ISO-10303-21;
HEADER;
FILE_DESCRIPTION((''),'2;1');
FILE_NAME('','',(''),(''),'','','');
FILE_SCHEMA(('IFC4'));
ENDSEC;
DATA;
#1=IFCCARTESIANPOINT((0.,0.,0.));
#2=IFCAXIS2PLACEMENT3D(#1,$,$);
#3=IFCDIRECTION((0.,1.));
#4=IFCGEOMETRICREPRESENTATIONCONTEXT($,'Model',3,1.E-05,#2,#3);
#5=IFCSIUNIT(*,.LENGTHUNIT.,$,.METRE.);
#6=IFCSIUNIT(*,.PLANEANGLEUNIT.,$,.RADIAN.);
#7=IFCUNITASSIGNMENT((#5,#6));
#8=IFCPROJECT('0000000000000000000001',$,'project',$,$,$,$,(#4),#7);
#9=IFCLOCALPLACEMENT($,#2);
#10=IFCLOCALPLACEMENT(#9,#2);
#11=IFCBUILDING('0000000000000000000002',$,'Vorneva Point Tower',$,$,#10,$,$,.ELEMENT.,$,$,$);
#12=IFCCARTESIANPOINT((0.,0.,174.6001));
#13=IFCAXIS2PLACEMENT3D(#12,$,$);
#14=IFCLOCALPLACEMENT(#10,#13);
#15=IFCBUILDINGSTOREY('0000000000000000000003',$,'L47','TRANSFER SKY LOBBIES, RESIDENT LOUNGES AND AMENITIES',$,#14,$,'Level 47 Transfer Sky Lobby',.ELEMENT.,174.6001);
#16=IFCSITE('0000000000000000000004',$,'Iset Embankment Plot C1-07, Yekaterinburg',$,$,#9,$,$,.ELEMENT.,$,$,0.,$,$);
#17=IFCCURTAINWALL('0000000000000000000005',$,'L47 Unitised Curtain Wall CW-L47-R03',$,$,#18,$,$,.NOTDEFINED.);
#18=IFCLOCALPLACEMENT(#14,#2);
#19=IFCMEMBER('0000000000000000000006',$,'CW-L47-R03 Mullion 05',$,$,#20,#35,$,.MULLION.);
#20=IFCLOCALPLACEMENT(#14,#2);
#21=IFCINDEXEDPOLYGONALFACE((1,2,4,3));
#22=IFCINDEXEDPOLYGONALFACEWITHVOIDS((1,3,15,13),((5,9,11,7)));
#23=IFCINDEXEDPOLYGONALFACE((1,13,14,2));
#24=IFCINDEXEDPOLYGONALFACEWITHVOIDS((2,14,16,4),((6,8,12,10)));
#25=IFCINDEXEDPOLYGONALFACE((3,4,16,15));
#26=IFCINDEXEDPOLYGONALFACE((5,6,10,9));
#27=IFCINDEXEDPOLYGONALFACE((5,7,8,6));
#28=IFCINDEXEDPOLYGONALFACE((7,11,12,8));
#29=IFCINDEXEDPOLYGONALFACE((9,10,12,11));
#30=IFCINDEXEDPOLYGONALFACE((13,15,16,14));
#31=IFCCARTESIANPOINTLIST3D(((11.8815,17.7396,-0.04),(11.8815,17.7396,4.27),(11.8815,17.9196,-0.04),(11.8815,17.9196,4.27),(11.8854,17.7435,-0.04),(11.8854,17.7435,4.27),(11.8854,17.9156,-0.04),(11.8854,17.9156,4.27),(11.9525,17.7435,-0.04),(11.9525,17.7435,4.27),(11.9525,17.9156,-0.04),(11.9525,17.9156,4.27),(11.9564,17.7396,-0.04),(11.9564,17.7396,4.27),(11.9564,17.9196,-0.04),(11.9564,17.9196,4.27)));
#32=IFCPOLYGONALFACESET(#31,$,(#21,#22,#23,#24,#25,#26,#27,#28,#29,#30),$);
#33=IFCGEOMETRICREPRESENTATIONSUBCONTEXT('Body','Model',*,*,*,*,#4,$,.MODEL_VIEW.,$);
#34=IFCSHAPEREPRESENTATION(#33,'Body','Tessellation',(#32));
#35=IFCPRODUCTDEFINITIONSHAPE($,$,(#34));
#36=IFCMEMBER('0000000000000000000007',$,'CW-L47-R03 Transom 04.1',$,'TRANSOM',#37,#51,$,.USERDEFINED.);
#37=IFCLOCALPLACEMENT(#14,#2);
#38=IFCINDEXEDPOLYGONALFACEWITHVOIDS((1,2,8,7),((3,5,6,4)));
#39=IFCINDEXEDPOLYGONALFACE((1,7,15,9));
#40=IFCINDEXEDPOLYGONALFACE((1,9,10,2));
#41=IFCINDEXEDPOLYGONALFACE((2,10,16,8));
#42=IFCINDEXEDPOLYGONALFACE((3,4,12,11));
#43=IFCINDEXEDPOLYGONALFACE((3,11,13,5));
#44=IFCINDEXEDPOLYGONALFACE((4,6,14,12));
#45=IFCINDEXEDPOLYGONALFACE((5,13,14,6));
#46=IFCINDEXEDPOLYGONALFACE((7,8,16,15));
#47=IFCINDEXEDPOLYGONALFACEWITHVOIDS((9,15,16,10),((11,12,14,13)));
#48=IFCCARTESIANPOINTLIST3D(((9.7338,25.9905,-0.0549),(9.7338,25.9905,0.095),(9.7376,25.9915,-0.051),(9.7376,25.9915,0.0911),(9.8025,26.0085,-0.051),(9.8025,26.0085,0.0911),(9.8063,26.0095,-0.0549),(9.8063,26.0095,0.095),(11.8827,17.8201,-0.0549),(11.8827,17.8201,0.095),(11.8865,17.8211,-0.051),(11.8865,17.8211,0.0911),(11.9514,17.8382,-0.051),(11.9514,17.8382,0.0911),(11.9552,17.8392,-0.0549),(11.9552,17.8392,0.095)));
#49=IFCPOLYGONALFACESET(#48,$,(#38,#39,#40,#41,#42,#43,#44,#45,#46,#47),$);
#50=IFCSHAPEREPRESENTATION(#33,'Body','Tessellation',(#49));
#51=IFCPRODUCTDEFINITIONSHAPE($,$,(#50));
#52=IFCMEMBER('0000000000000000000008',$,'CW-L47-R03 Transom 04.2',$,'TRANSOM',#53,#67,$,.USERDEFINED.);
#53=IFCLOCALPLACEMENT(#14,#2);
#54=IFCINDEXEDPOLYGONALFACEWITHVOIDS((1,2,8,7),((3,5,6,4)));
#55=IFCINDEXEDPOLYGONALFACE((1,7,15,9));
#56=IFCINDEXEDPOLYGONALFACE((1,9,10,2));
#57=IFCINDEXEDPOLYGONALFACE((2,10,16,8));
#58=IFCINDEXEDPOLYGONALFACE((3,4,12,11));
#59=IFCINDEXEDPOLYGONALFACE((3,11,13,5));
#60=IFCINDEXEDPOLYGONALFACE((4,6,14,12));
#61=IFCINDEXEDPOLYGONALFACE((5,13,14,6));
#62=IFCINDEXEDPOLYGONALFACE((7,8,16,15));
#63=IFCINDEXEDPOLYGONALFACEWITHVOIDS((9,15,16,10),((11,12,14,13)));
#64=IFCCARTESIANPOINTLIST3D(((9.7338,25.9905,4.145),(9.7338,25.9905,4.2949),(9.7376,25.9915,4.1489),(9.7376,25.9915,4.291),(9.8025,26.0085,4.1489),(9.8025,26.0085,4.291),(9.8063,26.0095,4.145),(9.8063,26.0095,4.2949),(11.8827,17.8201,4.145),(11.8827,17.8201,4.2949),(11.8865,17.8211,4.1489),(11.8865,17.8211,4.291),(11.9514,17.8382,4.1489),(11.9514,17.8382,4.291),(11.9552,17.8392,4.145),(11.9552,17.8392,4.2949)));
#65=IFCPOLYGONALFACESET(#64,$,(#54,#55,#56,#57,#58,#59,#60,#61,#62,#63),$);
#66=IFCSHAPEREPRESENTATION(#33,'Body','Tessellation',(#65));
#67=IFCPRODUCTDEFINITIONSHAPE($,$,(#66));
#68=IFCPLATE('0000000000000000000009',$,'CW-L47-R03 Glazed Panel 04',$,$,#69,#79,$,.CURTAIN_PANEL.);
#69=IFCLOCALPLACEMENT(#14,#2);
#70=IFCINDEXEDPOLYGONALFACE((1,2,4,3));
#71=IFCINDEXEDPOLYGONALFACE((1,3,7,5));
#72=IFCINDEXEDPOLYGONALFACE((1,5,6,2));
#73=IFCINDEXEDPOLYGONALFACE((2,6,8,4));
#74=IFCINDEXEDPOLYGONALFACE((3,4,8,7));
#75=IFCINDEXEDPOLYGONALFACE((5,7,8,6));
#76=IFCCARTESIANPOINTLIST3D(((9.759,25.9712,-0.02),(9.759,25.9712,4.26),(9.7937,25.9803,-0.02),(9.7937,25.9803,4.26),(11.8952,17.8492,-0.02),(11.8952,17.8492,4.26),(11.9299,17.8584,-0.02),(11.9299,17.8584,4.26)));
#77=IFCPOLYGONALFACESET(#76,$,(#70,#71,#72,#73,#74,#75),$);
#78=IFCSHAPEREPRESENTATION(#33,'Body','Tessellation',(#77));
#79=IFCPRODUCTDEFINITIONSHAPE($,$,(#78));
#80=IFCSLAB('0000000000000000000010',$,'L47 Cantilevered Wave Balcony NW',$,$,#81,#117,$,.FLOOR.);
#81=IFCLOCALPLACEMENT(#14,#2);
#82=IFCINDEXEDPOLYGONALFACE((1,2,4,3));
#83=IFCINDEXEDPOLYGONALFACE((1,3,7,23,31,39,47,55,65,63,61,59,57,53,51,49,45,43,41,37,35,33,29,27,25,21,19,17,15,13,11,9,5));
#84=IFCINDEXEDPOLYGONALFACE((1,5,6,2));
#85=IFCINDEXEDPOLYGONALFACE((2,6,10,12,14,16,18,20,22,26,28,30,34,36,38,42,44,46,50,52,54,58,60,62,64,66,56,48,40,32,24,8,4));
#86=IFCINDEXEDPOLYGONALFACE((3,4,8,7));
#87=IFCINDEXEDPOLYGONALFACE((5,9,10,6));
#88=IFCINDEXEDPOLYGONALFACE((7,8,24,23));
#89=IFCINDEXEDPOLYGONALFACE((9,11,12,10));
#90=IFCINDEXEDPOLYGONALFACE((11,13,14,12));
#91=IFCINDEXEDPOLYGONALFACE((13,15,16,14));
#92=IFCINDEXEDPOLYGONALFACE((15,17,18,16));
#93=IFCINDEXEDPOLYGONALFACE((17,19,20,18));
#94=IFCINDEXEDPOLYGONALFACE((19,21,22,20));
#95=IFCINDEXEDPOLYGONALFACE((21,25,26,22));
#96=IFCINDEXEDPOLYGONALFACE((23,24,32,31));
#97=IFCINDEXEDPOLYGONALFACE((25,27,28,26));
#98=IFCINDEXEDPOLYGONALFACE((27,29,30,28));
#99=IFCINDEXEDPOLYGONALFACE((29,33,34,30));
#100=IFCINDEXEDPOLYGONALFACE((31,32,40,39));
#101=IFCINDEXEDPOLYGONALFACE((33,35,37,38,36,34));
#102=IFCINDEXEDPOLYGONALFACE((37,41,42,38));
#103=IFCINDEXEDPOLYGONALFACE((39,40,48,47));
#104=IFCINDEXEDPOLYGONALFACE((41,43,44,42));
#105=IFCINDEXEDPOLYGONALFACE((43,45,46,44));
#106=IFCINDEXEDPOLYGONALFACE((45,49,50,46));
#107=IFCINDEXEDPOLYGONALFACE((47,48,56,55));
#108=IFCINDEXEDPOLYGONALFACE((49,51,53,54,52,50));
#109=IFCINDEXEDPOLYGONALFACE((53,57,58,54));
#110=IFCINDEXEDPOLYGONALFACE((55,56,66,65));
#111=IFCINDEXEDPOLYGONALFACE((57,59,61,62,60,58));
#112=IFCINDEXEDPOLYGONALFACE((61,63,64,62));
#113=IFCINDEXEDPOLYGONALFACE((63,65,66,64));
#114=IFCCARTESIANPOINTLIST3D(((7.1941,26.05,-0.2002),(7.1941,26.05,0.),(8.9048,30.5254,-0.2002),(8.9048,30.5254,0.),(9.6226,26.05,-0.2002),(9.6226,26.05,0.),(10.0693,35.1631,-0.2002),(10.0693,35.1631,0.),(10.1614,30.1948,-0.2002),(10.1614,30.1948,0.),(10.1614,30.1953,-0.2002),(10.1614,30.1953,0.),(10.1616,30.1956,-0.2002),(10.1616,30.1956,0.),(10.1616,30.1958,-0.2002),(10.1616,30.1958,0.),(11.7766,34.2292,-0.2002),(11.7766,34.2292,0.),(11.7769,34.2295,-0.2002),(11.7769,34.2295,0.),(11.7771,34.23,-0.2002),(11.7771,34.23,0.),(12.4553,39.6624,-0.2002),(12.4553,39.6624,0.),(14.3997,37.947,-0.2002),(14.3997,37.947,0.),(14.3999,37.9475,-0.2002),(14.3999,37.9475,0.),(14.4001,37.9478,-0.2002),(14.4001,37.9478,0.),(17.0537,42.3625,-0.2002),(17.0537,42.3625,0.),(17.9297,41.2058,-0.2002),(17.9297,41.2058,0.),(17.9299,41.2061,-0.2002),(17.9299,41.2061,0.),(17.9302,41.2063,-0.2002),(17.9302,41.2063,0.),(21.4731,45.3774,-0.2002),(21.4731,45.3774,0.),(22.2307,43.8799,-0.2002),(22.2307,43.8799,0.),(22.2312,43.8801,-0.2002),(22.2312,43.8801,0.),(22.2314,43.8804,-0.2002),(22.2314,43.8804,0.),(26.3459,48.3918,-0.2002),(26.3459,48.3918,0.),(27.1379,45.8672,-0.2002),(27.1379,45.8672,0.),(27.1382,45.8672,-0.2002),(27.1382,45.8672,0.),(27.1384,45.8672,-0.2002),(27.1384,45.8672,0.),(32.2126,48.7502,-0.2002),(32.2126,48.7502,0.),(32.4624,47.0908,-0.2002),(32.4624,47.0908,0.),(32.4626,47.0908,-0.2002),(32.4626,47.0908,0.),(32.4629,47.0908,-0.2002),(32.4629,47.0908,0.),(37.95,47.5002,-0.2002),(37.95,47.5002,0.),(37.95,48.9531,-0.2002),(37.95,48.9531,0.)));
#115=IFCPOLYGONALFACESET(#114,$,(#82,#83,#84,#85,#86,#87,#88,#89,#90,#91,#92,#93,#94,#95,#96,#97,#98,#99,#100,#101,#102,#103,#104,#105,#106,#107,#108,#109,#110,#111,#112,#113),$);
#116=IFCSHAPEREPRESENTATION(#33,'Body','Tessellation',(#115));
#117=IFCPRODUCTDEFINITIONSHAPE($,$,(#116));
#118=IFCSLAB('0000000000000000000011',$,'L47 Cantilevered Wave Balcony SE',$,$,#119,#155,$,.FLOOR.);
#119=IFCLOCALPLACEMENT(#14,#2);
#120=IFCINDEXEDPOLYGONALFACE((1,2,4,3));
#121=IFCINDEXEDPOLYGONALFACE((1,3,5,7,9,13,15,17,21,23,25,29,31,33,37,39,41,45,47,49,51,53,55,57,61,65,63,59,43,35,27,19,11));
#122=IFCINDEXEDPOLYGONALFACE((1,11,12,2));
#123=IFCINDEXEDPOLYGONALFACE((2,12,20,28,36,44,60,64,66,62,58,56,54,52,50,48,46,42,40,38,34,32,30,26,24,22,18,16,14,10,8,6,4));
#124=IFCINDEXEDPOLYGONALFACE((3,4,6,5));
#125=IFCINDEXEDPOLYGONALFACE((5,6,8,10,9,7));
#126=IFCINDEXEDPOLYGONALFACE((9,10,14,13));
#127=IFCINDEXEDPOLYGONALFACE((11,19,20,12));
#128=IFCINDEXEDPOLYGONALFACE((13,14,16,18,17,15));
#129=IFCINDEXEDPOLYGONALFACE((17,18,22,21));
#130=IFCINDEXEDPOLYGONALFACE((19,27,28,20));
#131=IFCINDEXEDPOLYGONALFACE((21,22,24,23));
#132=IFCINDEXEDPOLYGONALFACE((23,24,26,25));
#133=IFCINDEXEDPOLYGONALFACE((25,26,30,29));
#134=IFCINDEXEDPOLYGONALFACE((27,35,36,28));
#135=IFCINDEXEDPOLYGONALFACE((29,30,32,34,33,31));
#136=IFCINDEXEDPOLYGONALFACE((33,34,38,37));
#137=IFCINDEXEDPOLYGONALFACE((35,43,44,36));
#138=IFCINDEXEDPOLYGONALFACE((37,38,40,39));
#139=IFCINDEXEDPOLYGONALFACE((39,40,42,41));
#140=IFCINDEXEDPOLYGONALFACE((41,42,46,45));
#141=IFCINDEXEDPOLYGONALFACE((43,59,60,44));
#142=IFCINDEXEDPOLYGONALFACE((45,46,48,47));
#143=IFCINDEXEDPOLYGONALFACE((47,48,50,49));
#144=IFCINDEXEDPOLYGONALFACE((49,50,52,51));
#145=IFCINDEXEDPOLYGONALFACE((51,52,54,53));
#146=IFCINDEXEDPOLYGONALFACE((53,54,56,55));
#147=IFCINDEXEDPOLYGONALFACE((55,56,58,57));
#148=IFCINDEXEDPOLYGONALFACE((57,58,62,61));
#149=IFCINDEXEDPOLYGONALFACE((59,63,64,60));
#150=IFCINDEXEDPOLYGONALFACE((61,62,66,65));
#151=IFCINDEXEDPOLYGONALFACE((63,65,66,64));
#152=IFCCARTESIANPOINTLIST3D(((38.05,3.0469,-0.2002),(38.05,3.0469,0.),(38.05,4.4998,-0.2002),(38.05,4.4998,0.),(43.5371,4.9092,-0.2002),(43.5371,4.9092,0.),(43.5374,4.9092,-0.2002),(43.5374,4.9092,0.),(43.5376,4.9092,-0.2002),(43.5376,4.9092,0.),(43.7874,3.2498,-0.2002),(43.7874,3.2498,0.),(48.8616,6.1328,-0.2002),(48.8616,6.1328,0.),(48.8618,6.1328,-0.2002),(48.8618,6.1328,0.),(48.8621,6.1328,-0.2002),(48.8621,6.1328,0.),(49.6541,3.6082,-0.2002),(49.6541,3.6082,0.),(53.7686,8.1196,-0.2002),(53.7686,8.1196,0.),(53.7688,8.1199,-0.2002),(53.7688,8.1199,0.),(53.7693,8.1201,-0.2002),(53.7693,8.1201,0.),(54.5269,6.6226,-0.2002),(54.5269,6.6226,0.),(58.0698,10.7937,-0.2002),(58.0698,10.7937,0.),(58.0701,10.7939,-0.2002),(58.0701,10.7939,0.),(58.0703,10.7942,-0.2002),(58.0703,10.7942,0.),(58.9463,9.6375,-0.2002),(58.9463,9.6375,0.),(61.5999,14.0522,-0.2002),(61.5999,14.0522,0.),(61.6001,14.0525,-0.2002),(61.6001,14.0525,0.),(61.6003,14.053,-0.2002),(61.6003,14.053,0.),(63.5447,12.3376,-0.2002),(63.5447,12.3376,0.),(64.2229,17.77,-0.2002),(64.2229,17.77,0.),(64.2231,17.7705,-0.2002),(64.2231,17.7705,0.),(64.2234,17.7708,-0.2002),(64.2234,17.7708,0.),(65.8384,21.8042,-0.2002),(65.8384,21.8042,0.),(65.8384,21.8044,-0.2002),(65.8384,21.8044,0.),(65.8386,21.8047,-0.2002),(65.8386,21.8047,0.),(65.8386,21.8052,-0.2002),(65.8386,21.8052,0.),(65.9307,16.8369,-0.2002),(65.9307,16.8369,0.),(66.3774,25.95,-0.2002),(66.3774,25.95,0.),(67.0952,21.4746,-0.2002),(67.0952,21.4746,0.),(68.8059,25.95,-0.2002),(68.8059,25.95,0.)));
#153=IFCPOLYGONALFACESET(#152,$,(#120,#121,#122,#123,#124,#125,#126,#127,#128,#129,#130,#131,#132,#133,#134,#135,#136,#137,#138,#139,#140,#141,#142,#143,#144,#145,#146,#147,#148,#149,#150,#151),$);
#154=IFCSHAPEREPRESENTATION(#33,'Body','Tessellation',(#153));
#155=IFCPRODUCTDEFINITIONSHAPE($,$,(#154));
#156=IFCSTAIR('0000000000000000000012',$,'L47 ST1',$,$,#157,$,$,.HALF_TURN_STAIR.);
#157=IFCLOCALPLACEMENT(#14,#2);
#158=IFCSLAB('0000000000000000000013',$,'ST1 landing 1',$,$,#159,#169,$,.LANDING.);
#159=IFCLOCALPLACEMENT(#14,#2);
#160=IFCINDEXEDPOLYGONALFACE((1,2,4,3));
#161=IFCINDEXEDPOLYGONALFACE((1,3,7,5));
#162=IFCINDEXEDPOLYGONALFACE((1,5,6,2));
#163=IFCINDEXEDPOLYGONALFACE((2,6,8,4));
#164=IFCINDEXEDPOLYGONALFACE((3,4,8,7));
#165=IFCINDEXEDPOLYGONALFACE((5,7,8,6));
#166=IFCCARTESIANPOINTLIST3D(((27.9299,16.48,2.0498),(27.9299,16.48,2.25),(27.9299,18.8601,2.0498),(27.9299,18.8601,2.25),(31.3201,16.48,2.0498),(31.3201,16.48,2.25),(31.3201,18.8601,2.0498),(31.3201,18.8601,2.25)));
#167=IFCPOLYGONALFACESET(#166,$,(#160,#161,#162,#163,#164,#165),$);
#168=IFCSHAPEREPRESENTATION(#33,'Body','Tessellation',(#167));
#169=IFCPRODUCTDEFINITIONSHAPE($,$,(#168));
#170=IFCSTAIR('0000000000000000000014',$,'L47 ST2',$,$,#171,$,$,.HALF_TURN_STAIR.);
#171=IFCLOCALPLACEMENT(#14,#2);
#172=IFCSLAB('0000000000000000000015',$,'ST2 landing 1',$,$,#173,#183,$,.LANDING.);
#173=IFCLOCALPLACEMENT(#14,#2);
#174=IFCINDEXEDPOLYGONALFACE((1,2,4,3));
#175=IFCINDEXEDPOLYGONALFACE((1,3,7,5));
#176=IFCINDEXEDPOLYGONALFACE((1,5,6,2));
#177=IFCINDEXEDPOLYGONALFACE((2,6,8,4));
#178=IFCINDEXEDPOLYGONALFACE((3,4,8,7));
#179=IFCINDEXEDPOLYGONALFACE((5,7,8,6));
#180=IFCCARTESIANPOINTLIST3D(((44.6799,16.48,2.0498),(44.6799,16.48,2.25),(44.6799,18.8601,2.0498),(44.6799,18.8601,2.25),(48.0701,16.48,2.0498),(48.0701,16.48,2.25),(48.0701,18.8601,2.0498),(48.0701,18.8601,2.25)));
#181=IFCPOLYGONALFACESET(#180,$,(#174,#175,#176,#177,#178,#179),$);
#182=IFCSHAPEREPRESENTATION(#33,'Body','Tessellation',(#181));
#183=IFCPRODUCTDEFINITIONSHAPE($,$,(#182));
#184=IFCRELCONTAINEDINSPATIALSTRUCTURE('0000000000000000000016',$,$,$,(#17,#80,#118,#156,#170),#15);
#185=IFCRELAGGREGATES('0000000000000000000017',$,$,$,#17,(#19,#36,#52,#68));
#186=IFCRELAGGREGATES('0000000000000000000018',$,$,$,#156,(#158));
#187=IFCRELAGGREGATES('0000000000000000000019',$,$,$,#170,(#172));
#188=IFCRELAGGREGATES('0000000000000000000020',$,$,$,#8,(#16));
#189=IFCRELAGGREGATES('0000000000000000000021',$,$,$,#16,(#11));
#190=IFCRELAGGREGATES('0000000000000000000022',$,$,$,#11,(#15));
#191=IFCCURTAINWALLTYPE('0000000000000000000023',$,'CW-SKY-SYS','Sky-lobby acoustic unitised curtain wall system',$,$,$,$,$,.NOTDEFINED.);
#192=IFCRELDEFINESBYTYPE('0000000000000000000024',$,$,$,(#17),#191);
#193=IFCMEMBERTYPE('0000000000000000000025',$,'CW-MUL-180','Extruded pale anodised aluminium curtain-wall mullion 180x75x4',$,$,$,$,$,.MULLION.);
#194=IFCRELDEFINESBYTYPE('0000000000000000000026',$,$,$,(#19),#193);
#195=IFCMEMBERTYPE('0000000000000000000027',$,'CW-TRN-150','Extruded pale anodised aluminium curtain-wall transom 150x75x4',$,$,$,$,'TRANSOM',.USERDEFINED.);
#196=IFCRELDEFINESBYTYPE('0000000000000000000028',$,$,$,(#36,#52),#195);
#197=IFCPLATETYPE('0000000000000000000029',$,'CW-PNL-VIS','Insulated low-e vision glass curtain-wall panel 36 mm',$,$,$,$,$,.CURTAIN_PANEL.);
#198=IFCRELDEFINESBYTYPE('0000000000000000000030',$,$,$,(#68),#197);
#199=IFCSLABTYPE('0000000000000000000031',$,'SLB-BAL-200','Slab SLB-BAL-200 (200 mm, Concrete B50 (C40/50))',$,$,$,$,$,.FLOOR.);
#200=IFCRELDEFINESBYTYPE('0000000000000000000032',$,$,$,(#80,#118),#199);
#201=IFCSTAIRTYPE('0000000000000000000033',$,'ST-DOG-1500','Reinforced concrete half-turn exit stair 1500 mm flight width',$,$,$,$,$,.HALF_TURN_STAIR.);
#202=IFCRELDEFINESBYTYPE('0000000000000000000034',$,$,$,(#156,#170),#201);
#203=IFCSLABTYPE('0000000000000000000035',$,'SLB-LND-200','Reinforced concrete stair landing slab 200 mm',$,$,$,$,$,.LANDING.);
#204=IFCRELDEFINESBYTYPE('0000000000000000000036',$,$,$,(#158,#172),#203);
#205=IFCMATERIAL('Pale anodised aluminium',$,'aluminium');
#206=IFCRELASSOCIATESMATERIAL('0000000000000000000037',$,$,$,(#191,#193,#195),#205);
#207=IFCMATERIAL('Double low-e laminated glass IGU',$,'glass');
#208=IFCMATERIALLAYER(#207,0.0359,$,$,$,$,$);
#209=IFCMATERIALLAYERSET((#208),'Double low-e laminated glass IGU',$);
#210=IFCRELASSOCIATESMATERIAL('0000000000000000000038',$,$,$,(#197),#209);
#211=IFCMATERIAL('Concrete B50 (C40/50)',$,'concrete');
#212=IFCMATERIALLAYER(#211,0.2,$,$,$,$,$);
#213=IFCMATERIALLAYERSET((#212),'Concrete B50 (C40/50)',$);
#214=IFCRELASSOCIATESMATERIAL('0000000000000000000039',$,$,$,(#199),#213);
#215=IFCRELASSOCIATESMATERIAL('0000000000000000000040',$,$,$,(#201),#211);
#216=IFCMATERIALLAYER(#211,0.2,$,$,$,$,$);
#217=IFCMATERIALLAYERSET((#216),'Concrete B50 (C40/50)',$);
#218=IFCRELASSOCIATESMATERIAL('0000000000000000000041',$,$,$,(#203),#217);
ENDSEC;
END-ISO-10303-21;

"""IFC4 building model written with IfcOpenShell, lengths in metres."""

from ifc_helpers import new_model, si_unit, direction, frame, origin, origin_2d, place, context, subcontext, project, spatial, polyline, rectangle, hollow_rectangle, outline, extrude, material, layer, layer_set, material_profile, profile_set, type_object, element, aggregate, save


model = new_model("IFC4")

# Units and contexts
model_context = context("Model", 3, precision=1e-05, world=origin(), true_north=direction((0.0, 1.0)))
body_context = subcontext(model_context, "Body", "Model", "MODEL_VIEW")
ifc_project = project(units=[si_unit("LENGTHUNIT", "METRE"), si_unit("PLANEANGLEUNIT", "RADIAN")], contexts=[model_context])

# Site, building, storey
site_placement = place(None, origin())
site = spatial("IfcSite", under=ifc_project, at=site_placement, Name="Iset Embankment Plot C1-07, Yekaterinburg", CompositionType="ELEMENT", RefElevation=0.0)
building_placement = place(site_placement, origin())
building = spatial("IfcBuilding", under=site, at=building_placement, Name="Vorneva Point Tower", CompositionType="ELEMENT")
storey_placement = place(building_placement, frame((0.0, 0.0, 174.6001)))
storey = spatial("IfcBuildingStorey", under=building, at=storey_placement, Name="L47", Description="TRANSFER SKY LOBBIES, RESIDENT LOUNGES AND AMENITIES", LongName="Level 47 Transfer Sky Lobby", CompositionType="ELEMENT", Elevation=174.6001)

# Curtain wall, members, plate
ifc_material_1 = material(Name="Pale anodised aluminium", Category="aluminium")
curtain_wall_type = type_object("IfcCurtainWallType", Name="CW-SKY-SYS", Description="Sky-lobby acoustic unitised curtain wall system", PredefinedType="NOTDEFINED", material=ifc_material_1)
curtain_wall_placement = place(storey_placement, origin())
curtain_wall = element("IfcCurtainWall", 1, at=curtain_wall_placement, inside=storey, type_object=curtain_wall_type, Name="L47 Unitised Curtain Wall CW-L47-R03", PredefinedType="NOTDEFINED")
ifc_material_profile_1 = material_profile(ifc_material_1, hollow_rectangle(XDim=0.075, YDim=0.1799, WallThickness=0.0039, at=origin_2d()), Name="AL-MUL 180x75x4")
ifc_profile_set_1 = profile_set([ifc_material_profile_1], Name="Pale anodised aluminium")
member_type_1 = type_object("IfcMemberType", Name="CW-MUL-180", Description="Extruded pale anodised aluminium curtain-wall mullion 180x75x4", PredefinedType="MULLION", material=ifc_profile_set_1)
member_1_placement = place(storey_placement, frame((11.9189, 17.8296, -0.04), z_axis=(0.0, 0.0, 1.0), x_axis=(1.0, 0.0, 0.0)))
member_1 = element("IfcMember", 2, at=member_1_placement, type_object=member_type_1, Name="CW-L47-R03 Mullion 05", PredefinedType="MULLION", context=body_context, shape_type="SweptSolid", body=[
    extrude(hollow_rectangle(XDim=0.075, YDim=0.1799, WallThickness=0.0039, at=origin_2d()), origin(), (0.0, 0.0, 1.0), 4.3101),
])
ifc_material_profile_2 = material_profile(ifc_material_1, hollow_rectangle(XDim=0.075, YDim=0.1499, WallThickness=0.0039, at=origin_2d()), Name="AL-TRN 150x75x4")
ifc_profile_set_2 = profile_set([ifc_material_profile_2], Name="Pale anodised aluminium")
member_type_2 = type_object("IfcMemberType", Name="CW-TRN-150", Description="Extruded pale anodised aluminium curtain-wall transom 150x75x4", ElementType="TRANSOM", PredefinedType="USERDEFINED", material=ifc_profile_set_2)
member_2_placement = place(storey_placement, frame((9.77, 26.0, 0.02), z_axis=(0.254362, -0.967109, 0.0), x_axis=(0.967109, 0.254362, 0.0)))
member_2 = element("IfcMember", 3, at=member_2_placement, type_object=member_type_2, Name="CW-L47-R03 Transom 04.1", ObjectType="TRANSOM", PredefinedType="USERDEFINED", context=body_context, shape_type="SweptSolid", body=[
    extrude(hollow_rectangle(XDim=0.075, YDim=0.1499, WallThickness=0.0039, at=origin_2d()), origin(), (0.0, 0.0, 1.0), 8.4482),
])
member_3_placement = place(storey_placement, frame((9.77, 26.0, 4.22), z_axis=(0.254362, -0.967109, 0.0), x_axis=(0.967109, 0.254362, 0.0)))
member_3 = element("IfcMember", 4, at=member_3_placement, type_object=member_type_2, Name="CW-L47-R03 Transom 04.2", ObjectType="TRANSOM", PredefinedType="USERDEFINED", context=body_context, shape_type="SweptSolid", body=[
    extrude(hollow_rectangle(XDim=0.075, YDim=0.1499, WallThickness=0.0039, at=origin_2d()), origin(), (0.0, 0.0, 1.0), 8.4482),
])
ifc_material_2 = material(Name="Double low-e laminated glass IGU", Category="glass")
ifc_layer_1 = layer(ifc_material_2, 0.0359)
ifc_layer_set_1 = layer_set([ifc_layer_1], Name="Double low-e laminated glass IGU")
plate_type = type_object("IfcPlateType", Name="CW-PNL-VIS", Description="Insulated low-e vision glass curtain-wall panel 36 mm", PredefinedType="CURTAIN_PANEL", material=ifc_layer_set_1)
plate_placement = place(storey_placement, frame((10.8445, 21.9148, -0.02), z_axis=(0.0, 0.0, 1.0), x_axis=(0.254366, -0.967108, 0.0)))
plate = element("IfcPlate", 5, at=plate_placement, type_object=plate_type, Name="CW-L47-R03 Glazed Panel 04", PredefinedType="CURTAIN_PANEL", context=body_context, shape_type="SweptSolid", body=[
    extrude(rectangle(XDim=8.3982, YDim=0.0359, at=origin_2d()), origin(), (0.0, 0.0, 1.0), 4.28),
])
aggregate(curtain_wall, [member_1, member_2, member_3, plate])

# Slabs
ifc_material_3 = material(Name="Concrete B50 (C40/50)", Category="concrete")
ifc_layer_2 = layer(ifc_material_3, 0.2)
ifc_layer_set_2 = layer_set([ifc_layer_2], Name="Concrete B50 (C40/50)")
slab_type_1 = type_object("IfcSlabType", Name="SLB-BAL-200", Description="Slab SLB-BAL-200 (200 mm, Concrete B50 (C40/50))", PredefinedType="FLOOR", material=ifc_layer_set_2)
slab_1_placement = place(storey_placement, frame((0.0, 0.0, -0.2002)))
element("IfcSlab", 6, at=slab_1_placement, inside=storey, type_object=slab_type_1, Name="L47 Cantilevered Wave Balcony NW", PredefinedType="FLOOR", context=body_context, shape_type="SweptSolid", body=[
    extrude(outline(polyline([(7.1941, 26.05), (9.6226, 26.05), (10.1614, 30.1948), (10.1614, 30.1953), (10.1616, 30.1956), (10.1616, 30.1958), (11.7766, 34.2292), (11.7769, 34.2295), (11.7771, 34.23), (14.3997, 37.947), (14.3999, 37.9475), (14.4001, 37.9478), (17.9297, 41.2058), (17.9299, 41.2061), (17.9302, 41.2063), (22.2307, 43.8799), (22.2312, 43.8801), (22.2314, 43.8804), (27.1379, 45.8672), (27.1382, 45.8672), (27.1384, 45.8672), (32.4624, 47.0908), (32.4626, 47.0908), (32.4629, 47.0908), (37.95, 47.5002), (37.95, 48.9531), (32.2126, 48.7502), (26.3459, 48.3918), (21.4731, 45.3774), (17.0537, 42.3625), (12.4553, 39.6624), (10.0693, 35.1631), (8.9048, 30.5254), (7.1941, 26.05)])), origin(), (0.0, 0.0, 1.0), 0.2002),
])
slab_2_placement = place(storey_placement, frame((0.0, 0.0, -0.2002)))
element("IfcSlab", 7, at=slab_2_placement, inside=storey, type_object=slab_type_1, Name="L47 Cantilevered Wave Balcony SE", PredefinedType="FLOOR", context=body_context, shape_type="SweptSolid", body=[
    extrude(outline(polyline([(67.0952, 21.4746), (68.8059, 25.95), (66.3774, 25.95), (65.8386, 21.8052), (65.8386, 21.8047), (65.8384, 21.8044), (65.8384, 21.8042), (64.2234, 17.7708), (64.2231, 17.7705), (64.2229, 17.77), (61.6003, 14.053), (61.6001, 14.0525), (61.5999, 14.0522), (58.0703, 10.7942), (58.0701, 10.7939), (58.0698, 10.7937), (53.7693, 8.1201), (53.7688, 8.1199), (53.7686, 8.1196), (48.8621, 6.1328), (48.8618, 6.1328), (48.8616, 6.1328), (43.5376, 4.9092), (43.5374, 4.9092), (43.5371, 4.9092), (38.05, 4.4998), (38.05, 3.0469), (43.7874, 3.2498), (49.6541, 3.6082), (54.5269, 6.6226), (58.9463, 9.6375), (63.5447, 12.3376), (65.9307, 16.8369), (67.0952, 21.4746)])), origin(), (0.0, 0.0, 1.0), 0.2002),
])

# Stairs, slabs
stair_type = type_object("IfcStairType", Name="ST-DOG-1500", Description="Reinforced concrete half-turn exit stair 1500 mm flight width", PredefinedType="HALF_TURN_STAIR", material=ifc_material_3)
stair_1_placement = place(storey_placement, origin())
stair_1 = element("IfcStair", 8, at=stair_1_placement, inside=storey, type_object=stair_type, Name="L47 ST1", PredefinedType="HALF_TURN_STAIR")
ifc_layer_3 = layer(ifc_material_3, 0.2)
ifc_layer_set_3 = layer_set([ifc_layer_3], Name="Concrete B50 (C40/50)")
slab_type_2 = type_object("IfcSlabType", Name="SLB-LND-200", Description="Reinforced concrete stair landing slab 200 mm", PredefinedType="LANDING", material=ifc_layer_set_3)
slab_3_placement = place(storey_placement, frame((0.0, 0.0, 2.0498)))
slab_3 = element("IfcSlab", 9, at=slab_3_placement, type_object=slab_type_2, Name="ST1 landing 1", PredefinedType="LANDING", context=body_context, shape_type="SweptSolid", body=[
    extrude(outline(polyline([(27.9299, 16.48), (31.3201, 16.48), (31.3201, 18.8601), (27.9299, 18.8601), (27.9299, 16.48)])), origin(), (0.0, 0.0, 1.0), 0.2002),
])
aggregate(stair_1, [slab_3])
stair_2_placement = place(storey_placement, origin())
stair_2 = element("IfcStair", 10, at=stair_2_placement, inside=storey, type_object=stair_type, Name="L47 ST2", PredefinedType="HALF_TURN_STAIR")
slab_4_placement = place(storey_placement, frame((0.0, 0.0, 2.0498)))
slab_4 = element("IfcSlab", 11, at=slab_4_placement, type_object=slab_type_2, Name="ST2 landing 1", PredefinedType="LANDING", context=body_context, shape_type="SweptSolid", body=[
    extrude(outline(polyline([(44.6799, 16.48), (48.0701, 16.48), (48.0701, 18.8601), (44.6799, 18.8601), (44.6799, 16.48)])), origin(), (0.0, 0.0, 1.0), 0.2002),
])
aggregate(stair_2, [slab_4])

save(model, "model.ifc")
